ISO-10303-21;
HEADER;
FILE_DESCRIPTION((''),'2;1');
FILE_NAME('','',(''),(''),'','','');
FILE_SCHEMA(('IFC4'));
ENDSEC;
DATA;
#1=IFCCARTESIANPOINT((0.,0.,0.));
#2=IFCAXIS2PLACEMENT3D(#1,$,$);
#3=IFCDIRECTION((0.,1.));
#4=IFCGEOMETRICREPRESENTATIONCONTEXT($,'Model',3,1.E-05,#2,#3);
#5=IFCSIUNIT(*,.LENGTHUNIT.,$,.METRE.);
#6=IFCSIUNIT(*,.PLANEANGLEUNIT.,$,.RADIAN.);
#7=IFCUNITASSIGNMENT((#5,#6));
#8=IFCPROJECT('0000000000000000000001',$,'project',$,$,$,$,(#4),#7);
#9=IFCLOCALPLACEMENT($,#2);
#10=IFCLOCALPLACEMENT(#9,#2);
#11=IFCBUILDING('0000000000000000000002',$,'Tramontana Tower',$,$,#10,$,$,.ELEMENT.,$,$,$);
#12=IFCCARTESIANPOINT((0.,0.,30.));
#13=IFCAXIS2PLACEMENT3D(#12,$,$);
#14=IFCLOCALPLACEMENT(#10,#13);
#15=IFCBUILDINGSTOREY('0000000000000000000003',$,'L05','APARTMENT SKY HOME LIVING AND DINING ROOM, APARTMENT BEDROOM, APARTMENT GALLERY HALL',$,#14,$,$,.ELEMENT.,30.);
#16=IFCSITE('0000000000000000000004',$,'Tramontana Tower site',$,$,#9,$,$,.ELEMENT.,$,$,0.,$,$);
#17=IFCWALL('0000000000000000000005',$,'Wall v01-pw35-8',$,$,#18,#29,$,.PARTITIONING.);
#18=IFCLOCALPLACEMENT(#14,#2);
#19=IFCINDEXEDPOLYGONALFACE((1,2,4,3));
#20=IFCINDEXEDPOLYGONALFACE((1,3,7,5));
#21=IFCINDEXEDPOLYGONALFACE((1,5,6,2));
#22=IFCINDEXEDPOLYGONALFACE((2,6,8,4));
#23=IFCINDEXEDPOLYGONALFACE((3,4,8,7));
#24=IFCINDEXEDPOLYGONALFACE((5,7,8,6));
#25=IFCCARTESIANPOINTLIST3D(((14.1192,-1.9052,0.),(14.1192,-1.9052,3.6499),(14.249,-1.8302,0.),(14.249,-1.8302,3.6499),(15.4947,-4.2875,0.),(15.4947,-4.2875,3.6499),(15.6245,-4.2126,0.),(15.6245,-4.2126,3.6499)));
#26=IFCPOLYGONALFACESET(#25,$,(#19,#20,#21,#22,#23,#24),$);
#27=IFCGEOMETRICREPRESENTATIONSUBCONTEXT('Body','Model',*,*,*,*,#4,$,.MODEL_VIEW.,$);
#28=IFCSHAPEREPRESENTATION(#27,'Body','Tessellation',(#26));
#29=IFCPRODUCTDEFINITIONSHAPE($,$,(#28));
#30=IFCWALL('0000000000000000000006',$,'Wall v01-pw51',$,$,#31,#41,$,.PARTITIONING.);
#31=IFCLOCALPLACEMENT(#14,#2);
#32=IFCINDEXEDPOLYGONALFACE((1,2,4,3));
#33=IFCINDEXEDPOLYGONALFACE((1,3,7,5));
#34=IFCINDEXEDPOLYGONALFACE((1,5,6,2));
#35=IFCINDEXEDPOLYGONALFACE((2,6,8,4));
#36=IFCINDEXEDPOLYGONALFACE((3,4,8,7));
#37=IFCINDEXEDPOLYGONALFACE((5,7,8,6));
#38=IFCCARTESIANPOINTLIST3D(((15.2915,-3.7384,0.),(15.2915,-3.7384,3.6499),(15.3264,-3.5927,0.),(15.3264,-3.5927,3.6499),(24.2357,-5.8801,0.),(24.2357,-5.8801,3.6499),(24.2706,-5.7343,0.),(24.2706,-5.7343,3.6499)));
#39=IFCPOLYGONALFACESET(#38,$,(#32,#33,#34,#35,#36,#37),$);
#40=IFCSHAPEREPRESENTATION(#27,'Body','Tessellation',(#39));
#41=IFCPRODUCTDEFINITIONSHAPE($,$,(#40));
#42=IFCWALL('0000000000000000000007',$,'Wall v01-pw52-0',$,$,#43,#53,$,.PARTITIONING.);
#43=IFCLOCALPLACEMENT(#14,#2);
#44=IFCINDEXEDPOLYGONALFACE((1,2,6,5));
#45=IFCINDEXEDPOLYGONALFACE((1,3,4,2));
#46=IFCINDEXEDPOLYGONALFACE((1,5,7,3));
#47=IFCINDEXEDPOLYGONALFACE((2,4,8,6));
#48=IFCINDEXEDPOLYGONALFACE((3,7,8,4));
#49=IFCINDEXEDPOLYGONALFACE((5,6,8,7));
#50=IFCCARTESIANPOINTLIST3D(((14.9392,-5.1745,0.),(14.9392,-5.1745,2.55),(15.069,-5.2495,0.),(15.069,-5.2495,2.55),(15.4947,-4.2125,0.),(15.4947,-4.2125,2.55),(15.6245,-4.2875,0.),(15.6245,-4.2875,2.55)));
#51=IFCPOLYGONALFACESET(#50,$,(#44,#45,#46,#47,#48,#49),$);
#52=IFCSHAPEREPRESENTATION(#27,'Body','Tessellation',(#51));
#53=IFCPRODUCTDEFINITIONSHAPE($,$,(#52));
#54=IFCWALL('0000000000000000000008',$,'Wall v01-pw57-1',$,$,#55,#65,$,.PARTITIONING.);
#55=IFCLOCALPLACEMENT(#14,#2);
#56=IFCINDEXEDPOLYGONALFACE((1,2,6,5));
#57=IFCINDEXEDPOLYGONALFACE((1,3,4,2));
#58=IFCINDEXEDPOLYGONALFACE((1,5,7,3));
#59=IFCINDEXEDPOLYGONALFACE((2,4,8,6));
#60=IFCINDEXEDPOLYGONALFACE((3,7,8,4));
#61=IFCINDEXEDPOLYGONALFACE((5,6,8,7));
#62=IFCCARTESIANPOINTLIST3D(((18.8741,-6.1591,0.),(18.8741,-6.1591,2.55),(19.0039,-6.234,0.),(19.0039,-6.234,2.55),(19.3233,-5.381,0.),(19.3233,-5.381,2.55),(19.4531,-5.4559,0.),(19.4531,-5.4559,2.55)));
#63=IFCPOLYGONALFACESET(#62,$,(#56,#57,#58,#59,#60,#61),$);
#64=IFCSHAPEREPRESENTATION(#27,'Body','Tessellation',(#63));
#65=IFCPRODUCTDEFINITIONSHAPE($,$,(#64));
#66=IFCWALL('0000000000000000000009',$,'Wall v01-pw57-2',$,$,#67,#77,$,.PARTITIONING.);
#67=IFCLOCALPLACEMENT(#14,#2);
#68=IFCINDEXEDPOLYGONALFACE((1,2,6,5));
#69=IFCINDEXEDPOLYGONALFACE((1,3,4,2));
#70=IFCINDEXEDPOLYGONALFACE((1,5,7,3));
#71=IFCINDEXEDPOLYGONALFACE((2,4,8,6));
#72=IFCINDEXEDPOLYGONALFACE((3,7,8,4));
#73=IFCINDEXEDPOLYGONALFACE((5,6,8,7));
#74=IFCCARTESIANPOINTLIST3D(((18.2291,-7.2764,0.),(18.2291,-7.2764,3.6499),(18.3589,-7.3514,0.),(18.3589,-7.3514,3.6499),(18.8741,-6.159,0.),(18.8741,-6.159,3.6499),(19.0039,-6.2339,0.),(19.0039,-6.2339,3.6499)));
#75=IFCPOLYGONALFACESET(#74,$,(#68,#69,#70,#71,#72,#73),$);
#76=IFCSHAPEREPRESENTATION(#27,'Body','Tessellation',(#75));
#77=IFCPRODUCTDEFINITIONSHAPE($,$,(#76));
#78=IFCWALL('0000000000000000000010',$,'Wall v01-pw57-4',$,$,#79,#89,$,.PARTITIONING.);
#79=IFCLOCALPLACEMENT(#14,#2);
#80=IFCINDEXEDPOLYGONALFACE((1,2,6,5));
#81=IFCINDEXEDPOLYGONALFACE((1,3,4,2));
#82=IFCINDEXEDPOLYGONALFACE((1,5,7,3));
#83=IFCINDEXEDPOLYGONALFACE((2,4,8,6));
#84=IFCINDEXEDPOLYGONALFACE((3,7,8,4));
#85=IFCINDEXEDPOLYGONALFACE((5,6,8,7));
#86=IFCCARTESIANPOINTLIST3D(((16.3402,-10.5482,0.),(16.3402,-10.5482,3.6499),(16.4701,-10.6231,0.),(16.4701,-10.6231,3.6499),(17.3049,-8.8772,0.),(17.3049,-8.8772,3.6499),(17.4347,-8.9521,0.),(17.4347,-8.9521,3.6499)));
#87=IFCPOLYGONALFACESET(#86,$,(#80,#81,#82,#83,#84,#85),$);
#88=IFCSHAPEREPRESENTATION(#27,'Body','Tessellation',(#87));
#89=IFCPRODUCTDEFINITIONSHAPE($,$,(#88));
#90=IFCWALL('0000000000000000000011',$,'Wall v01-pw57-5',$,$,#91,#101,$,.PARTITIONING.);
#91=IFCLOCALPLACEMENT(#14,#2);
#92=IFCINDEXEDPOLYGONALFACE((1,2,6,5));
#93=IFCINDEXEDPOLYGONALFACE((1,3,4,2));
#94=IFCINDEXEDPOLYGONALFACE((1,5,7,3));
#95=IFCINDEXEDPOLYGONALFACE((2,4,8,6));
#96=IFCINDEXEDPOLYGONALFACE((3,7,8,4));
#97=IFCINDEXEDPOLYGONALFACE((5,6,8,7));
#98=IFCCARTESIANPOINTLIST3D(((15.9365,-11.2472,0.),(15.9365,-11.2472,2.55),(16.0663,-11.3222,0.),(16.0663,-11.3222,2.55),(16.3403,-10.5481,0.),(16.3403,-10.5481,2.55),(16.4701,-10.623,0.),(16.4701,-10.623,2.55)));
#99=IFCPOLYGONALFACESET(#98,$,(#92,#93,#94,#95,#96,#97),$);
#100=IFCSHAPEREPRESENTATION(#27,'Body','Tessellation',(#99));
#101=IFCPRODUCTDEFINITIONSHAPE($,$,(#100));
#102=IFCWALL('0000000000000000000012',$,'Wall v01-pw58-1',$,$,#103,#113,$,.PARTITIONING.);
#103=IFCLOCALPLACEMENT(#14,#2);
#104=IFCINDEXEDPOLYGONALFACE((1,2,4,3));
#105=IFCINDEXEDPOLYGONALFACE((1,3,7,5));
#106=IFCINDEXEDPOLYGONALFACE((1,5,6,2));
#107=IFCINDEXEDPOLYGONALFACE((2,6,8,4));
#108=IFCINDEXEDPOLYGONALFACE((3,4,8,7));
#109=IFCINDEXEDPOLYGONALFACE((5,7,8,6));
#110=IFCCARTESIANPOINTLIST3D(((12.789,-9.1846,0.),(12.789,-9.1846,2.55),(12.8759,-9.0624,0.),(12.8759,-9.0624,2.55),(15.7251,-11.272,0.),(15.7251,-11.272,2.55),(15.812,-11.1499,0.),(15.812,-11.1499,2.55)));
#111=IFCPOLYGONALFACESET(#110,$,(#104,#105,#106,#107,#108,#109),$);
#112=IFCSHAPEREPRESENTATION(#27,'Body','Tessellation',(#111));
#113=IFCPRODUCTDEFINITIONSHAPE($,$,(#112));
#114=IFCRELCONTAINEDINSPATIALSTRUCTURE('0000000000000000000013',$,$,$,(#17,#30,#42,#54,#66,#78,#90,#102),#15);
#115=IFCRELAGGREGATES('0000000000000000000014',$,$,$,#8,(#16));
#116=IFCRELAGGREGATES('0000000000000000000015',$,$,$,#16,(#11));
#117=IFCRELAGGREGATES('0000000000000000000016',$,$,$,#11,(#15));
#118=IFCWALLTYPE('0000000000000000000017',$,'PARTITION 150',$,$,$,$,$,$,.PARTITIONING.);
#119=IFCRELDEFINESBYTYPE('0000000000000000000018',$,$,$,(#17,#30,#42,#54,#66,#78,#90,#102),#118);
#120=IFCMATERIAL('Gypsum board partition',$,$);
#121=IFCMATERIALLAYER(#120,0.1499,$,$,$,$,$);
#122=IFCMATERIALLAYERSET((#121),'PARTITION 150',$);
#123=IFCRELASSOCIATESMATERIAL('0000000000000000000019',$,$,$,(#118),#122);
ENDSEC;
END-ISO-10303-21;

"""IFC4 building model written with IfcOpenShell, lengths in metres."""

from ifc_helpers import new_model, si_unit, direction, frame, frame_2d, origin, place, context, subcontext, project, spatial, rectangle, extrude, material, layer, layer_set, type_object, element, save


model = new_model("IFC4")

# Units and contexts
model_context = context("Model", 3, precision=1e-05, world=origin(), true_north=direction((0.0, 1.0)))
body_context = subcontext(model_context, "Body", "Model", "MODEL_VIEW")
ifc_project = project(units=[si_unit("LENGTHUNIT", "METRE"), si_unit("PLANEANGLEUNIT", "RADIAN")], contexts=[model_context])

# Site, building, storey
site_placement = place(None, origin())
site = spatial("IfcSite", under=ifc_project, at=site_placement, Name="Tramontana Tower site", CompositionType="ELEMENT", RefElevation=0.0)
building_placement = place(site_placement, origin())
building = spatial("IfcBuilding", under=site, at=building_placement, Name="Tramontana Tower", CompositionType="ELEMENT")
storey_placement = place(building_placement, frame((0.0, 0.0, 30.0)))
storey = spatial("IfcBuildingStorey", under=building, at=storey_placement, Name="L05", Description="APARTMENT SKY HOME LIVING AND DINING ROOM, APARTMENT BEDROOM, APARTMENT GALLERY HALL", CompositionType="ELEMENT", Elevation=30.0)

# Wall
ifc_material_1 = material(Name="Gypsum board partition")
ifc_layer = layer(ifc_material_1, 0.1499)
ifc_layer_set = layer_set([ifc_layer], Name="PARTITION 150")
wall_type = type_object("IfcWallType", Name="PARTITION 150", PredefinedType="PARTITIONING", material=ifc_layer_set)
wall_1_placement = place(storey_placement, frame((14.1841, -1.8677, 0.0), z_axis=(0.0, 0.0, 1.0), x_axis=(0.500014, -0.866017, 0.0)))
element("IfcWall", 1, at=wall_1_placement, inside=storey, type_object=wall_type, Name="Wall v01-pw35-8", PredefinedType="PARTITIONING", context=body_context, shape_type="SweptSolid", body=[
    extrude(rectangle(XDim=2.751, YDim=0.1499, at=frame_2d((1.3755, 0.0))), origin(), (0.0, 0.0, 1.0), 3.6499),
])

# Walls
wall_2_placement = place(storey_placement, frame((15.3088, -3.6655, 0.0), z_axis=(0.0, 0.0, 1.0), x_axis=(0.97251, -0.232861, 0.0)))
element("IfcWall", 2, at=wall_2_placement, inside=storey, type_object=wall_type, Name="Wall v01-pw51", PredefinedType="PARTITIONING", context=body_context, shape_type="SweptSolid", body=[
    extrude(rectangle(XDim=9.197, YDim=0.1499, at=frame_2d((4.5986, 0.0))), origin(), (0.0, 0.0, 1.0), 3.6499),
])
wall_3_placement = place(storey_placement, frame((15.5596, -4.25, 0.0), z_axis=(0.0, 0.0, 1.0), x_axis=(-0.50004, -0.866003, 0.0)))
element("IfcWall", 3, at=wall_3_placement, inside=storey, type_object=wall_type, Name="Wall v01-pw52-0", PredefinedType="PARTITIONING", context=body_context, shape_type="SweptSolid", body=[
    extrude(rectangle(XDim=1.1108, YDim=0.1499, at=frame_2d((0.5554, 0.0))), origin(), (0.0, 0.0, 1.0), 2.55),
])

# Walls
wall_4_placement = place(storey_placement, frame((19.3882, -5.4185, 0.0), z_axis=(0.0, 0.0, 1.0), x_axis=(-0.499997, -0.866027, 0.0)))
element("IfcWall", 4, at=wall_4_placement, inside=storey, type_object=wall_type, Name="Wall v01-pw57-1", PredefinedType="PARTITIONING", context=body_context, shape_type="SweptSolid", body=[
    extrude(rectangle(XDim=0.8984, YDim=0.1499, at=frame_2d((0.4492, 0.0))), origin(), (0.0, 0.0, 1.0), 2.55),
])
wall_5_placement = place(storey_placement, frame((18.939, -6.1965, 0.0), z_axis=(0.0, 0.0, 1.0), x_axis=(-0.499924, -0.866069, 0.0)))
element("IfcWall", 5, at=wall_5_placement, inside=storey, type_object=wall_type, Name="Wall v01-pw57-2", PredefinedType="PARTITIONING", context=body_context, shape_type="SweptSolid", body=[
    extrude(rectangle(XDim=1.2903, YDim=0.1499, at=frame_2d((0.645, 0.0))), origin(), (0.0, 0.0, 1.0), 3.6499),
])

# Walls
wall_6_placement = place(storey_placement, frame((17.3699, -8.9146, 0.0), z_axis=(0.0, 0.0, 1.0), x_axis=(-0.499963, -0.866047, 0.0)))
element("IfcWall", 6, at=wall_6_placement, inside=storey, type_object=wall_type, Name="Wall v01-pw57-4", PredefinedType="PARTITIONING", context=body_context, shape_type="SweptSolid", body=[
    extrude(rectangle(XDim=1.9294, YDim=0.1499, at=frame_2d((0.9648, 0.0))), origin(), (0.0, 0.0, 1.0), 3.6499),
])
wall_7_placement = place(storey_placement, frame((16.4053, -10.5854, 0.0), z_axis=(0.0, 0.0, 1.0), x_axis=(-0.500106, -0.865964, 0.0)))
element("IfcWall", 7, at=wall_7_placement, inside=storey, type_object=wall_type, Name="Wall v01-pw57-5", PredefinedType="PARTITIONING", context=body_context, shape_type="SweptSolid", body=[
    extrude(rectangle(XDim=0.8074, YDim=0.1499, at=frame_2d((0.4038, 0.0))), origin(), (0.0, 0.0, 1.0), 2.55),
])
wall_8_placement = place(storey_placement, frame((15.7686, -11.2109, 0.0), z_axis=(0.0, 0.0, 1.0), x_axis=(-0.815014, 0.579442, 0.0)))
element("IfcWall", 8, at=wall_8_placement, inside=storey, type_object=wall_type, Name="Wall v01-pw58-1", PredefinedType="PARTITIONING", context=body_context, shape_type="SweptSolid", body=[
    extrude(rectangle(XDim=3.6025, YDim=0.1499, at=frame_2d((1.8013, 0.0))), origin(), (0.0, 0.0, 1.0), 2.55),
])

save(model, "model.ifc")
